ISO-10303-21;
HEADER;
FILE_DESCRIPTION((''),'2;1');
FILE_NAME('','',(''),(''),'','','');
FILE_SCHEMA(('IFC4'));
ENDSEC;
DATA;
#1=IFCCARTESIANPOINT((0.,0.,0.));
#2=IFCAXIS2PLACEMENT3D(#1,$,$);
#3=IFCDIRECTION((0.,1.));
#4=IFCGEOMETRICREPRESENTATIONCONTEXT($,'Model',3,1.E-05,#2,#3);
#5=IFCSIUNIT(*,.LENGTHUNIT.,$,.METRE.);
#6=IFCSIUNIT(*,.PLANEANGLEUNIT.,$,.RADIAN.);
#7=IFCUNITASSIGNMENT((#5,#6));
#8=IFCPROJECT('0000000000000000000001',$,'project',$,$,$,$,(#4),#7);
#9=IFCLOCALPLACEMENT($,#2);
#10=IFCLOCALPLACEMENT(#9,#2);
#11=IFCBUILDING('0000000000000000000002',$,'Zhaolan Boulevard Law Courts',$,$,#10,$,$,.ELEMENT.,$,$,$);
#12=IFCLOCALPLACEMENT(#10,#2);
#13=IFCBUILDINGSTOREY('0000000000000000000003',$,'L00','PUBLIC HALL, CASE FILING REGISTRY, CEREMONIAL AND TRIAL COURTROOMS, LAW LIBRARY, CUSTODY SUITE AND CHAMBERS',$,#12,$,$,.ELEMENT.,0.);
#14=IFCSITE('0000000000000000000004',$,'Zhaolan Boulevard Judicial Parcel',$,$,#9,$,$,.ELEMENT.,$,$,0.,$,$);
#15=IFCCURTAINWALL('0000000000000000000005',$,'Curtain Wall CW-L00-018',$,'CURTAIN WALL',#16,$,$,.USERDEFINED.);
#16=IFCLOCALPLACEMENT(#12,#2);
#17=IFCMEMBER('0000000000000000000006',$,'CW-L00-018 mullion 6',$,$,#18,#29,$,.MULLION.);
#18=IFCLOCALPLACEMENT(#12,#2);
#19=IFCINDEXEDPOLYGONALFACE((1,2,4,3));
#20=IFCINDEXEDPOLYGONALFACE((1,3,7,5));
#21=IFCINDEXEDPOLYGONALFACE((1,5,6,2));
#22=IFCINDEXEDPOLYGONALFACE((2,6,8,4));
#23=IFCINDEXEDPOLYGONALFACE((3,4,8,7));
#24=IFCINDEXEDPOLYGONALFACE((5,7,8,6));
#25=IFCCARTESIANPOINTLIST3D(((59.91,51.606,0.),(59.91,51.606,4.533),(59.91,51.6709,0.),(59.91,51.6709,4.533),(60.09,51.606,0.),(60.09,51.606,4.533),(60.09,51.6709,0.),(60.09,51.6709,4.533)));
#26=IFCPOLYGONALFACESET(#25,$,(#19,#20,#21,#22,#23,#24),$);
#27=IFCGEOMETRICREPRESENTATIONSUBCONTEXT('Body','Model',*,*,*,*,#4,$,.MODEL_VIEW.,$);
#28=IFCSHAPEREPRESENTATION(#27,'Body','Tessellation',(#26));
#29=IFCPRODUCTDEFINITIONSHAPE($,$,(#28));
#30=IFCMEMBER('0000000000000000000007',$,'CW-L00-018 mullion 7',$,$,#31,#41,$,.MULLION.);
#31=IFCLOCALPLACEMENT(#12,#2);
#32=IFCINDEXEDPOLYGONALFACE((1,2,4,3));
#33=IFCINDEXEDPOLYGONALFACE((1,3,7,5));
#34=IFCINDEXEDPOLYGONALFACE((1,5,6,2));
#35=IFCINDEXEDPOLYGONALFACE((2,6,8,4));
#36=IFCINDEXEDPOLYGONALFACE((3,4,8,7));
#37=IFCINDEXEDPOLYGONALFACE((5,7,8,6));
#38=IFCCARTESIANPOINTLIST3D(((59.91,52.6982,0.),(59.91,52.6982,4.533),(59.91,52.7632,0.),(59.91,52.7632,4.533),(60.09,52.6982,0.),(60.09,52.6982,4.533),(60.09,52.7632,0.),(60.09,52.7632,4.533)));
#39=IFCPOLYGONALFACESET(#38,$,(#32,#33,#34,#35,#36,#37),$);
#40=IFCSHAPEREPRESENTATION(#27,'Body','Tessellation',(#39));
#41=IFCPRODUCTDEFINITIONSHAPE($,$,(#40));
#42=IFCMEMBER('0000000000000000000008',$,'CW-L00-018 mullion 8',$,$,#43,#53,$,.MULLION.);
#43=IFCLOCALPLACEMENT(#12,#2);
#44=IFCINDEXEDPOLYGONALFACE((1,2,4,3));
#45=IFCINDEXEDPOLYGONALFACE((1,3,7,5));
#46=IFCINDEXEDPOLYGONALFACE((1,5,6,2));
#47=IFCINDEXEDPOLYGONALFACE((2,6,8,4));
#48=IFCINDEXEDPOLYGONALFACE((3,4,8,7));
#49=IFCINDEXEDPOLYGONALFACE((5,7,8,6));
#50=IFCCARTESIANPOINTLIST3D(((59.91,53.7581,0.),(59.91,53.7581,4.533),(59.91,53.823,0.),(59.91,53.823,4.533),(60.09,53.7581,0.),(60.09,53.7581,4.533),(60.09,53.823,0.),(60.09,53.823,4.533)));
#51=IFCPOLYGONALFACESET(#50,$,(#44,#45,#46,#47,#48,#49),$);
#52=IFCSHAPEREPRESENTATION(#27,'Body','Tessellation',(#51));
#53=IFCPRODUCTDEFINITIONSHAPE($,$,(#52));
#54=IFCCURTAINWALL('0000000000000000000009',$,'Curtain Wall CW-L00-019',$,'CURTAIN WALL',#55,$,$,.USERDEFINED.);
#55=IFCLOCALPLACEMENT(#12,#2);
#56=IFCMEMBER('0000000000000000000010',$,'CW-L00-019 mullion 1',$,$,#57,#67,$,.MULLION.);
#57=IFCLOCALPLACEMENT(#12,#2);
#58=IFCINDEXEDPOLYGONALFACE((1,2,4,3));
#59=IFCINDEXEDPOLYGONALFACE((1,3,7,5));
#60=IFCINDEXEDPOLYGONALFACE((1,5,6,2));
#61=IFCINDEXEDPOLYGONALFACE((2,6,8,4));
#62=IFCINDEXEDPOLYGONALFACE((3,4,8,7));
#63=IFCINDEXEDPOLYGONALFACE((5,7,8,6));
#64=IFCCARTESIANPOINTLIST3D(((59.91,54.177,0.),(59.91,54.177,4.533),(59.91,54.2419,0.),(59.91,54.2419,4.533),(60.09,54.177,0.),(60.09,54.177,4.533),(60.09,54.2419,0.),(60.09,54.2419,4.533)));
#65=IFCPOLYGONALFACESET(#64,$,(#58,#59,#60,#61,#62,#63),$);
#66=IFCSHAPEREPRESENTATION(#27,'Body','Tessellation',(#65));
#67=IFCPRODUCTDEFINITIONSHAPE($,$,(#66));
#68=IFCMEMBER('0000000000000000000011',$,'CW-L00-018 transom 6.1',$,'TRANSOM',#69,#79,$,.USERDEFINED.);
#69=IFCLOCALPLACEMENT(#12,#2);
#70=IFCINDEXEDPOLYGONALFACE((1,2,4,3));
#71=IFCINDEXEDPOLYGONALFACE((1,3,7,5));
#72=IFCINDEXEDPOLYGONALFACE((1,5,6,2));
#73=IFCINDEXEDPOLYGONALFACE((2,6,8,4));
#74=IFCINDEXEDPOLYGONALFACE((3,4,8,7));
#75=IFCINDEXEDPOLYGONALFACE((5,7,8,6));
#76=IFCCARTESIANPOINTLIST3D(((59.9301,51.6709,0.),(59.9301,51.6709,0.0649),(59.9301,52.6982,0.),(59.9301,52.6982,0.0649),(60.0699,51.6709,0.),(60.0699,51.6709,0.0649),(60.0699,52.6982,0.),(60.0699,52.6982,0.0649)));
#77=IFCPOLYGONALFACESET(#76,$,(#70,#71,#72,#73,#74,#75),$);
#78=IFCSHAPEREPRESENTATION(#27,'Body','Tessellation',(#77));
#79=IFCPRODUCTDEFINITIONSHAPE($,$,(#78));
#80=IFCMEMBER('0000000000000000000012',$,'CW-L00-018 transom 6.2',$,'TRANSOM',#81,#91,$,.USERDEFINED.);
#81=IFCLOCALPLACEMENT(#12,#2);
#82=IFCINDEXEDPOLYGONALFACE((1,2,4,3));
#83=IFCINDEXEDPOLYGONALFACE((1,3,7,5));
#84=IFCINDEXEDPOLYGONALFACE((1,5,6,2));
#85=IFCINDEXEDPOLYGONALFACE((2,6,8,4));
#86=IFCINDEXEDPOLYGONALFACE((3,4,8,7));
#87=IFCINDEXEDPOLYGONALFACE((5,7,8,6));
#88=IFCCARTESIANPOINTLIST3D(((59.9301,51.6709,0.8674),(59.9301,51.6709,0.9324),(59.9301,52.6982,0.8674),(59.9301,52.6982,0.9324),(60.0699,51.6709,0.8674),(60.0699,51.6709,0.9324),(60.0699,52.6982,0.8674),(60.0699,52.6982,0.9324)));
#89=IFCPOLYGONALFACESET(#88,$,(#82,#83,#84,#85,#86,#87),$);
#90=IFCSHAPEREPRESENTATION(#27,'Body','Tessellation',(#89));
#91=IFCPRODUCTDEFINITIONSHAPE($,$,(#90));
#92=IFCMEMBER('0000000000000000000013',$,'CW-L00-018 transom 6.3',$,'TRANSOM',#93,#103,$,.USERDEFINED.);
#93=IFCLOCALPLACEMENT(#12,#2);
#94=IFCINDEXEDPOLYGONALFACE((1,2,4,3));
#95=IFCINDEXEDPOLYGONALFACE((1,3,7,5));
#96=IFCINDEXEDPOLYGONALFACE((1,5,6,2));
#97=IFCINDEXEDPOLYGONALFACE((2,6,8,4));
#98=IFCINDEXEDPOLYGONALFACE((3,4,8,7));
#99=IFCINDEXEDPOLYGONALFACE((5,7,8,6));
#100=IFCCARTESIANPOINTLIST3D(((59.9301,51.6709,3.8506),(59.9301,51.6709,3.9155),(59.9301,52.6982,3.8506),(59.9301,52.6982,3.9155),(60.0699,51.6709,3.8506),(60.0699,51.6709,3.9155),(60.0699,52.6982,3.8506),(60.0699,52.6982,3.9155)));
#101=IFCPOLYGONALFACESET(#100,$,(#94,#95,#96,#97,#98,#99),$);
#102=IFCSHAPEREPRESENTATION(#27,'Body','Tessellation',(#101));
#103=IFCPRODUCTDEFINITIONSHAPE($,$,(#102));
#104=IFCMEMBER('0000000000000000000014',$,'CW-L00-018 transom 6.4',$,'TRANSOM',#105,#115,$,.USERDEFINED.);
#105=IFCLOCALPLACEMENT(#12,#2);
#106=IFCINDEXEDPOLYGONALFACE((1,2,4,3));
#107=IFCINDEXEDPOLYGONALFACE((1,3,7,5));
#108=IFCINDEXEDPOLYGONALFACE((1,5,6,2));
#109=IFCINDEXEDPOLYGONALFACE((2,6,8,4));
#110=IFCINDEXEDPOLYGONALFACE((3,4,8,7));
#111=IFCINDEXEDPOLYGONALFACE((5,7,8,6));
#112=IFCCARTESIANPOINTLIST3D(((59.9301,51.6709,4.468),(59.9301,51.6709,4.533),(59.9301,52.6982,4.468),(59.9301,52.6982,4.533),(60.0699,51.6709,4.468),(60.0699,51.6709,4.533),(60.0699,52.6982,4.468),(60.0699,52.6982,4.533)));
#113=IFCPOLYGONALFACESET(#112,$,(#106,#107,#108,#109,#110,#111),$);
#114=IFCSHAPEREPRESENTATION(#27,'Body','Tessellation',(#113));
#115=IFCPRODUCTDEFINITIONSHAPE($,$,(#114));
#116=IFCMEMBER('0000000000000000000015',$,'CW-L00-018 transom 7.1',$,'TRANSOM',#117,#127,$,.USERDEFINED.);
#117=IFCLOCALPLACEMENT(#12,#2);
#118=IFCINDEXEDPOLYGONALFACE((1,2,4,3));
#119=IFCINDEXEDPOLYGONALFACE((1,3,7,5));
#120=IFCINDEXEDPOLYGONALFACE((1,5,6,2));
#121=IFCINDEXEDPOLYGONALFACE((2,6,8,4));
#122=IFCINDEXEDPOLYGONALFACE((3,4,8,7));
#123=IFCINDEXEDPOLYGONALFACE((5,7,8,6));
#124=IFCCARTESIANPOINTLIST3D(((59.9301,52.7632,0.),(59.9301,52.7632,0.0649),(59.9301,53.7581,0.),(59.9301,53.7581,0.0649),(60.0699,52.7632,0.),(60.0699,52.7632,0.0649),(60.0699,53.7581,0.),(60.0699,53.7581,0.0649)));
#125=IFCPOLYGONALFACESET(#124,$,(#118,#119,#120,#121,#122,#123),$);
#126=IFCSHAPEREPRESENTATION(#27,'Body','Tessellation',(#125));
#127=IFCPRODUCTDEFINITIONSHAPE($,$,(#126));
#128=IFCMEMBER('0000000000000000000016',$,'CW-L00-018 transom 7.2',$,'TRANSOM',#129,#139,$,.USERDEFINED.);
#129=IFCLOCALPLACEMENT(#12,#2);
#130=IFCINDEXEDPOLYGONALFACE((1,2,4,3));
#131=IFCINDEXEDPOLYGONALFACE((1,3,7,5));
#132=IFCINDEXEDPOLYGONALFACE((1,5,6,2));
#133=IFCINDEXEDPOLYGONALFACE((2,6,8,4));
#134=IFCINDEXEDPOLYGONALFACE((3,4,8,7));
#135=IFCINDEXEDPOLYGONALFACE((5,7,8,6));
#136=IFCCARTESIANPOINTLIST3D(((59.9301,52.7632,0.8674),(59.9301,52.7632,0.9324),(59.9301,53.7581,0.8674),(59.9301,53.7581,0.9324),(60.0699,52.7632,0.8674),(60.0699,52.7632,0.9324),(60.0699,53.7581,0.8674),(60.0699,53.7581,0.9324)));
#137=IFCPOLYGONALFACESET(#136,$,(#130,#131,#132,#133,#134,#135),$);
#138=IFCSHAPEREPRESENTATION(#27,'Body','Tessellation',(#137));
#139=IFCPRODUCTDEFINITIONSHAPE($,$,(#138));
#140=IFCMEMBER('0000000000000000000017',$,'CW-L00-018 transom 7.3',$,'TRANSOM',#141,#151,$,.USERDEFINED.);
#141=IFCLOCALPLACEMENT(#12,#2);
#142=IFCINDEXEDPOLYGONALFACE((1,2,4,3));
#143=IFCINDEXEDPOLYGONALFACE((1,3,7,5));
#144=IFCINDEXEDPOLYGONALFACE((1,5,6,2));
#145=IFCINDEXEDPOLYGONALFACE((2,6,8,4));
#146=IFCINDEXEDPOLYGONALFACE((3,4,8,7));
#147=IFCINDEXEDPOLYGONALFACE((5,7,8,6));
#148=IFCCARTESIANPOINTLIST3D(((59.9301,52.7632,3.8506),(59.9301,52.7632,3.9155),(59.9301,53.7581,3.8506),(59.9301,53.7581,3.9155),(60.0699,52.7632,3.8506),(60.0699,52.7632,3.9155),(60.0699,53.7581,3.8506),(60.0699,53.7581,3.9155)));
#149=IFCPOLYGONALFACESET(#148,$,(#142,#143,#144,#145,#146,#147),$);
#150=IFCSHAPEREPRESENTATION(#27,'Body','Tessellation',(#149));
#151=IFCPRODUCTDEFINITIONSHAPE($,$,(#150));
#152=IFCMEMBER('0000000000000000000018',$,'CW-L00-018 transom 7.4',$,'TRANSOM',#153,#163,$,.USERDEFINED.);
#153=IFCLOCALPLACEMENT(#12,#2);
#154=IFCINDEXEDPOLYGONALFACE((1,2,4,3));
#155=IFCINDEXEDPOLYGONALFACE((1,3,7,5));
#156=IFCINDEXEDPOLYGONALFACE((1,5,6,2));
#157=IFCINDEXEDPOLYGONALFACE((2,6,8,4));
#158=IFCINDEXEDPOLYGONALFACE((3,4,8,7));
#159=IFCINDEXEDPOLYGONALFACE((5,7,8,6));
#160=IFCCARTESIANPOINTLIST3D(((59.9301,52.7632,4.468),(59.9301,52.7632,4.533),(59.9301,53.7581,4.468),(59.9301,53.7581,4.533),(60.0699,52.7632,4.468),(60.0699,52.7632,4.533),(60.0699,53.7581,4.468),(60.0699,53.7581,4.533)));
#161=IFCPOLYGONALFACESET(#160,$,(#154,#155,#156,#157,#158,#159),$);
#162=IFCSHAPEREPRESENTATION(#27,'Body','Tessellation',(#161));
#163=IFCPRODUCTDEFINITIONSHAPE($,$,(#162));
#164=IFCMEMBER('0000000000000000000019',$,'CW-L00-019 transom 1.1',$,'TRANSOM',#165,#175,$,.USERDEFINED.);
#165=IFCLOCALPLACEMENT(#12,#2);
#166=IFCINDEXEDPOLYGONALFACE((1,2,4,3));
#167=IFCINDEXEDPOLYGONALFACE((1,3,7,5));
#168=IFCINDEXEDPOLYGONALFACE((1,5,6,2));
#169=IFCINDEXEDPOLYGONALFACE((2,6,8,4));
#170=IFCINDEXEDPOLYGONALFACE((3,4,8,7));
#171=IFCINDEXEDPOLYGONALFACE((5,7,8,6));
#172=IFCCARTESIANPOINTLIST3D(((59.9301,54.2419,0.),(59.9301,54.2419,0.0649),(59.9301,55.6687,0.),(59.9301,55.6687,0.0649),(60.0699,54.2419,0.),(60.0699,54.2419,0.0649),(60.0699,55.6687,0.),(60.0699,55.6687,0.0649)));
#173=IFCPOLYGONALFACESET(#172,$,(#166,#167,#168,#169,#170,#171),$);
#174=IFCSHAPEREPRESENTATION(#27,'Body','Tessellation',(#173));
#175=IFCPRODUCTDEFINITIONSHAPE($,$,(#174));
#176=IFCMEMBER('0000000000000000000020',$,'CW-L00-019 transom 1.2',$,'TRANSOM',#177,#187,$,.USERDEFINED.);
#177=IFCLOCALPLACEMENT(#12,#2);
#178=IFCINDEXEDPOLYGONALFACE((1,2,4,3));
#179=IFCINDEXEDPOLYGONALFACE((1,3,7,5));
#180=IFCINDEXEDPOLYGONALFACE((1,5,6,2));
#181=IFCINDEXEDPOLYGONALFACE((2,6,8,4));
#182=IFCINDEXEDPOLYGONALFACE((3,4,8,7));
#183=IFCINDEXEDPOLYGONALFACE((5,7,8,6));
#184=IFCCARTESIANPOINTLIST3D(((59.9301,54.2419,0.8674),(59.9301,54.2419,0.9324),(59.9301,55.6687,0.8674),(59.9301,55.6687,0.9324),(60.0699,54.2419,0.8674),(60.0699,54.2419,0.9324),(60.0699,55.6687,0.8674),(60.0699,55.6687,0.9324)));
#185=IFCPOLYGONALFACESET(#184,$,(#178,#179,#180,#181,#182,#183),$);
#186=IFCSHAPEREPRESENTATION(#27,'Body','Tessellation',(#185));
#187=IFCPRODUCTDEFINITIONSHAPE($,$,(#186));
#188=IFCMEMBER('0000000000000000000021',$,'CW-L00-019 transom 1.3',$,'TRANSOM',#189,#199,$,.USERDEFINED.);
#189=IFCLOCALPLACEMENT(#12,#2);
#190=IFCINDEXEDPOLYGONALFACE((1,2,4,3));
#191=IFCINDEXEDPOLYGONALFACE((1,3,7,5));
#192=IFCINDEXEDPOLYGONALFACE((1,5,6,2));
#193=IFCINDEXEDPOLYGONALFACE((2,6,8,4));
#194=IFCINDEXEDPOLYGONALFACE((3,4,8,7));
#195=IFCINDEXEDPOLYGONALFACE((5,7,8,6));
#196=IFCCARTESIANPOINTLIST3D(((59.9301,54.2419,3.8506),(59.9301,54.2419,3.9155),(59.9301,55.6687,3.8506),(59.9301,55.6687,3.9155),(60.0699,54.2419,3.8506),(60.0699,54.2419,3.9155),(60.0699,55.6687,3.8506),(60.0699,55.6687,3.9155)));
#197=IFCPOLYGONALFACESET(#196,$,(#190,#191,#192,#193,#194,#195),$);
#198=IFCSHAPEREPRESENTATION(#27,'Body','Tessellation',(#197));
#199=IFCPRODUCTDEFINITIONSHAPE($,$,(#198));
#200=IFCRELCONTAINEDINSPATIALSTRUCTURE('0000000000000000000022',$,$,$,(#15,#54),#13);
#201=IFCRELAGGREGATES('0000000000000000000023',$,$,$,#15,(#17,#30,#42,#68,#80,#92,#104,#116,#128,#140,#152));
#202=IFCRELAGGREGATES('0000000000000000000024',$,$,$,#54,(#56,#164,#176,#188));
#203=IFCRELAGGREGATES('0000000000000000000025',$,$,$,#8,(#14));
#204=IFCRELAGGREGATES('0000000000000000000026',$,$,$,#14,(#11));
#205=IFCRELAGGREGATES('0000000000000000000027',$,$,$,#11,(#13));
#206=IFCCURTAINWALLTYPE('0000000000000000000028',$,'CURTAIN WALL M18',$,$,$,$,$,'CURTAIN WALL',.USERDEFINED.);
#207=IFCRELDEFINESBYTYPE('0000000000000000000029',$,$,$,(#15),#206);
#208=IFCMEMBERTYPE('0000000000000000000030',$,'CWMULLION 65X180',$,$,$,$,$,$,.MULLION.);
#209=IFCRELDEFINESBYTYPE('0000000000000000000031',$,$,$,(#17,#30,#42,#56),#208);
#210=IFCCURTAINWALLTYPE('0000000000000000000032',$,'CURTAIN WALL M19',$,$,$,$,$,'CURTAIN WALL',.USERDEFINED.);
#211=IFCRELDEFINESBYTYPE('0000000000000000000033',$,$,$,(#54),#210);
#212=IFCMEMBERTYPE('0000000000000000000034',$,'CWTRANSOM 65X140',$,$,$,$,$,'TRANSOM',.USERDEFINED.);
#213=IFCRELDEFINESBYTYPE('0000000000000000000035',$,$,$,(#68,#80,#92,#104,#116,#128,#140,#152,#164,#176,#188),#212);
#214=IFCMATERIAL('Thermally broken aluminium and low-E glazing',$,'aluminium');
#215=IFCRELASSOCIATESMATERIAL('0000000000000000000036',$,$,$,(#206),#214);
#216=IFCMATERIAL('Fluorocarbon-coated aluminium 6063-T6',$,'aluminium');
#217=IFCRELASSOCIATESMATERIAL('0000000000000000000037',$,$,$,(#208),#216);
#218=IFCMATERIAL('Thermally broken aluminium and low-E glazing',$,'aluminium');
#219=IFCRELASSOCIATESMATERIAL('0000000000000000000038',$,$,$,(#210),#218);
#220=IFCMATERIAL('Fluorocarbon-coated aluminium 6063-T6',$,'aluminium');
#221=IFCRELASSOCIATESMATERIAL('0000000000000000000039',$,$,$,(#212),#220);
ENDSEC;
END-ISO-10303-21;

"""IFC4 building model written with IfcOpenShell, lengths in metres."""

from ifc_helpers import new_model, si_unit, direction, frame, origin, origin_2d, place, context, subcontext, project, spatial, rectangle, extrude, material, material_profile, profile_set, type_object, element, aggregate, save


model = new_model("IFC4")

# Units and contexts
model_context = context("Model", 3, precision=1e-05, world=origin(), true_north=direction((0.0, 1.0)))
body_context = subcontext(model_context, "Body", "Model", "MODEL_VIEW")
ifc_project = project(units=[si_unit("LENGTHUNIT", "METRE"), si_unit("PLANEANGLEUNIT", "RADIAN")], contexts=[model_context])

# Site, building, storey
site_placement = place(None, origin())
site = spatial("IfcSite", under=ifc_project, at=site_placement, Name="Zhaolan Boulevard Judicial Parcel", CompositionType="ELEMENT", RefElevation=0.0)
building_placement = place(site_placement, origin())
building = spatial("IfcBuilding", under=site, at=building_placement, Name="Zhaolan Boulevard Law Courts", CompositionType="ELEMENT")
storey_placement = place(building_placement, origin())
storey = spatial("IfcBuildingStorey", under=building, at=storey_placement, Name="L00", Description="PUBLIC HALL, CASE FILING REGISTRY, CEREMONIAL AND TRIAL COURTROOMS, LAW LIBRARY, CUSTODY SUITE AND CHAMBERS", CompositionType="ELEMENT", Elevation=0.0)

# Curtain wall, members
ifc_material_1 = material(Name="Thermally broken aluminium and low-E glazing", Category="aluminium")
curtain_wall_type_1 = type_object("IfcCurtainWallType", Name="CURTAIN WALL M18", ElementType="CURTAIN WALL", PredefinedType="USERDEFINED", material=ifc_material_1)
curtain_wall_1_placement = place(storey_placement, origin())
curtain_wall_1 = element("IfcCurtainWall", 1, at=curtain_wall_1_placement, inside=storey, type_object=curtain_wall_type_1, Name="Curtain Wall CW-L00-018", ObjectType="CURTAIN WALL", PredefinedType="USERDEFINED")
ifc_material_2 = material(Name="Fluorocarbon-coated aluminium 6063-T6", Category="aluminium")
ifc_material_profile_1 = material_profile(ifc_material_2, rectangle(XDim=0.1799, YDim=0.0649, at=origin_2d()), Name="AL65x180")
ifc_profile_set_1 = profile_set([ifc_material_profile_1], Name="Fluorocarbon-coated aluminium 6063-T6")
member_type_1 = type_object("IfcMemberType", Name="CWMULLION 65X180", PredefinedType="MULLION", material=ifc_profile_set_1)
member_1_placement = place(storey_placement, frame((60.0, 51.6384, 0.0), z_axis=(0.0, 0.0, 1.0), x_axis=(-1.0, 0.0, 0.0)))
member_1 = element("IfcMember", 2, at=member_1_placement, type_object=member_type_1, Name="CW-L00-018 mullion 6", PredefinedType="MULLION", context=body_context, shape_type="SweptSolid", body=[
    extrude(rectangle(XDim=0.1799, YDim=0.0649, at=origin_2d()), origin(), (0.0, 0.0, 1.0), 4.533),
])
member_2_placement = place(storey_placement, frame((60.0, 52.7307, 0.0), z_axis=(0.0, 0.0, 1.0), x_axis=(-1.0, 0.0, 0.0)))
member_2 = element("IfcMember", 3, at=member_2_placement, type_object=member_type_1, Name="CW-L00-018 mullion 7", PredefinedType="MULLION", context=body_context, shape_type="SweptSolid", body=[
    extrude(rectangle(XDim=0.1799, YDim=0.0649, at=origin_2d()), origin(), (0.0, 0.0, 1.0), 4.533),
])
member_3_placement = place(storey_placement, frame((60.0, 53.7905, 0.0), z_axis=(0.0, 0.0, 1.0), x_axis=(-1.0, 0.0, 0.0)))
member_3 = element("IfcMember", 4, at=member_3_placement, type_object=member_type_1, Name="CW-L00-018 mullion 8", PredefinedType="MULLION", context=body_context, shape_type="SweptSolid", body=[
    extrude(rectangle(XDim=0.1799, YDim=0.0649, at=origin_2d()), origin(), (0.0, 0.0, 1.0), 4.533),
])

# Curtain wall, member
ifc_material_3 = material(Name="Thermally broken aluminium and low-E glazing", Category="aluminium")
curtain_wall_type_2 = type_object("IfcCurtainWallType", Name="CURTAIN WALL M19", ElementType="CURTAIN WALL", PredefinedType="USERDEFINED", material=ifc_material_3)
curtain_wall_2_placement = place(storey_placement, origin())
curtain_wall_2 = element("IfcCurtainWall", 5, at=curtain_wall_2_placement, inside=storey, type_object=curtain_wall_type_2, Name="Curtain Wall CW-L00-019", ObjectType="CURTAIN WALL", PredefinedType="USERDEFINED")
member_4_placement = place(storey_placement, frame((60.0, 54.2095, 0.0), z_axis=(0.0, 0.0, 1.0), x_axis=(-1.0, 0.0, 0.0)))
member_4 = element("IfcMember", 6, at=member_4_placement, type_object=member_type_1, Name="CW-L00-019 mullion 1", PredefinedType="MULLION", context=body_context, shape_type="SweptSolid", body=[
    extrude(rectangle(XDim=0.1799, YDim=0.0649, at=origin_2d()), origin(), (0.0, 0.0, 1.0), 4.533),
])

# Members
ifc_material_4 = material(Name="Fluorocarbon-coated aluminium 6063-T6", Category="aluminium")
ifc_material_profile_2 = material_profile(ifc_material_4, rectangle(XDim=0.1399, YDim=0.0649, at=origin_2d()), Name="AL65x140")
ifc_profile_set_2 = profile_set([ifc_material_profile_2], Name="Fluorocarbon-coated aluminium 6063-T6")
member_type_2 = type_object("IfcMemberType", Name="CWTRANSOM 65X140", ElementType="TRANSOM", PredefinedType="USERDEFINED", material=ifc_profile_set_2)
member_5_placement = place(storey_placement, frame((60.0, 51.6709, 0.0325), z_axis=(0.0, 1.0, 0.0), x_axis=(-1.0, 0.0, 0.0)))
member_5 = element("IfcMember", 7, at=member_5_placement, type_object=member_type_2, Name="CW-L00-018 transom 6.1", ObjectType="TRANSOM", PredefinedType="USERDEFINED", context=body_context, shape_type="SweptSolid", body=[
    extrude(rectangle(XDim=0.1399, YDim=0.0649, at=origin_2d()), origin(), (0.0, 0.0, 1.0), 1.0273),
])
member_6_placement = place(storey_placement, frame((60.0, 51.6709, 0.8999), z_axis=(0.0, 1.0, 0.0), x_axis=(-1.0, 0.0, 0.0)))
member_6 = element("IfcMember", 8, at=member_6_placement, type_object=member_type_2, Name="CW-L00-018 transom 6.2", ObjectType="TRANSOM", PredefinedType="USERDEFINED", context=body_context, shape_type="SweptSolid", body=[
    extrude(rectangle(XDim=0.1399, YDim=0.0649, at=origin_2d()), origin(), (0.0, 0.0, 1.0), 1.0273),
])
member_7_placement = place(storey_placement, frame((60.0, 51.6709, 3.8831), z_axis=(0.0, 1.0, 0.0), x_axis=(-1.0, 0.0, 0.0)))
member_7 = element("IfcMember", 9, at=member_7_placement, type_object=member_type_2, Name="CW-L00-018 transom 6.3", ObjectType="TRANSOM", PredefinedType="USERDEFINED", context=body_context, shape_type="SweptSolid", body=[
    extrude(rectangle(XDim=0.1399, YDim=0.0649, at=origin_2d()), origin(), (0.0, 0.0, 1.0), 1.0273),
])
member_8_placement = place(storey_placement, frame((60.0, 51.6709, 4.5005), z_axis=(0.0, 1.0, 0.0), x_axis=(-1.0, 0.0, 0.0)))
member_8 = element("IfcMember", 10, at=member_8_placement, type_object=member_type_2, Name="CW-L00-018 transom 6.4", ObjectType="TRANSOM", PredefinedType="USERDEFINED", context=body_context, shape_type="SweptSolid", body=[
    extrude(rectangle(XDim=0.1399, YDim=0.0649, at=origin_2d()), origin(), (0.0, 0.0, 1.0), 1.0273),
])
member_9_placement = place(storey_placement, frame((60.0, 52.7632, 0.0325), z_axis=(0.0, 1.0, 0.0), x_axis=(-1.0, 0.0, 0.0)))
member_9 = element("IfcMember", 11, at=member_9_placement, type_object=member_type_2, Name="CW-L00-018 transom 7.1", ObjectType="TRANSOM", PredefinedType="USERDEFINED", context=body_context, shape_type="SweptSolid", body=[
    extrude(rectangle(XDim=0.1399, YDim=0.0649, at=origin_2d()), origin(), (0.0, 0.0, 1.0), 0.9949),
])
member_10_placement = place(storey_placement, frame((60.0, 52.7632, 0.8999), z_axis=(0.0, 1.0, 0.0), x_axis=(-1.0, 0.0, 0.0)))
member_10 = element("IfcMember", 12, at=member_10_placement, type_object=member_type_2, Name="CW-L00-018 transom 7.2", ObjectType="TRANSOM", PredefinedType="USERDEFINED", context=body_context, shape_type="SweptSolid", body=[
    extrude(rectangle(XDim=0.1399, YDim=0.0649, at=origin_2d()), origin(), (0.0, 0.0, 1.0), 0.9949),
])
member_11_placement = place(storey_placement, frame((60.0, 52.7632, 3.8831), z_axis=(0.0, 1.0, 0.0), x_axis=(-1.0, 0.0, 0.0)))
member_11 = element("IfcMember", 13, at=member_11_placement, type_object=member_type_2, Name="CW-L00-018 transom 7.3", ObjectType="TRANSOM", PredefinedType="USERDEFINED", context=body_context, shape_type="SweptSolid", body=[
    extrude(rectangle(XDim=0.1399, YDim=0.0649, at=origin_2d()), origin(), (0.0, 0.0, 1.0), 0.9949),
])
member_12_placement = place(storey_placement, frame((60.0, 52.7632, 4.5005), z_axis=(0.0, 1.0, 0.0), x_axis=(-1.0, 0.0, 0.0)))
member_12 = element("IfcMember", 14, at=member_12_placement, type_object=member_type_2, Name="CW-L00-018 transom 7.4", ObjectType="TRANSOM", PredefinedType="USERDEFINED", context=body_context, shape_type="SweptSolid", body=[
    extrude(rectangle(XDim=0.1399, YDim=0.0649, at=origin_2d()), origin(), (0.0, 0.0, 1.0), 0.9949),
])
member_13_placement = place(storey_placement, frame((60.0, 54.2419, 0.0325), z_axis=(0.0, 1.0, 0.0), x_axis=(-1.0, 0.0, 0.0)))
member_13 = element("IfcMember", 15, at=member_13_placement, type_object=member_type_2, Name="CW-L00-019 transom 1.1", ObjectType="TRANSOM", PredefinedType="USERDEFINED", context=body_context, shape_type="SweptSolid", body=[
    extrude(rectangle(XDim=0.1399, YDim=0.0649, at=origin_2d()), origin(), (0.0, 0.0, 1.0), 1.4268),
])
member_14_placement = place(storey_placement, frame((60.0, 54.2419, 0.8999), z_axis=(0.0, 1.0, 0.0), x_axis=(-1.0, 0.0, 0.0)))
member_14 = element("IfcMember", 16, at=member_14_placement, type_object=member_type_2, Name="CW-L00-019 transom 1.2", ObjectType="TRANSOM", PredefinedType="USERDEFINED", context=body_context, shape_type="SweptSolid", body=[
    extrude(rectangle(XDim=0.1399, YDim=0.0649, at=origin_2d()), origin(), (0.0, 0.0, 1.0), 1.4268),
])
member_15_placement = place(storey_placement, frame((60.0, 54.2419, 3.8831), z_axis=(0.0, 1.0, 0.0), x_axis=(-1.0, 0.0, 0.0)))
member_15 = element("IfcMember", 17, at=member_15_placement, type_object=member_type_2, Name="CW-L00-019 transom 1.3", ObjectType="TRANSOM", PredefinedType="USERDEFINED", context=body_context, shape_type="SweptSolid", body=[
    extrude(rectangle(XDim=0.1399, YDim=0.0649, at=origin_2d()), origin(), (0.0, 0.0, 1.0), 1.4268),
])

aggregate(curtain_wall_1, [member_1, member_2, member_3, member_5, member_6, member_7, member_8, member_9, member_10, member_11, member_12])
aggregate(curtain_wall_2, [member_4, member_13, member_14, member_15])

save(model, "model.ifc")
